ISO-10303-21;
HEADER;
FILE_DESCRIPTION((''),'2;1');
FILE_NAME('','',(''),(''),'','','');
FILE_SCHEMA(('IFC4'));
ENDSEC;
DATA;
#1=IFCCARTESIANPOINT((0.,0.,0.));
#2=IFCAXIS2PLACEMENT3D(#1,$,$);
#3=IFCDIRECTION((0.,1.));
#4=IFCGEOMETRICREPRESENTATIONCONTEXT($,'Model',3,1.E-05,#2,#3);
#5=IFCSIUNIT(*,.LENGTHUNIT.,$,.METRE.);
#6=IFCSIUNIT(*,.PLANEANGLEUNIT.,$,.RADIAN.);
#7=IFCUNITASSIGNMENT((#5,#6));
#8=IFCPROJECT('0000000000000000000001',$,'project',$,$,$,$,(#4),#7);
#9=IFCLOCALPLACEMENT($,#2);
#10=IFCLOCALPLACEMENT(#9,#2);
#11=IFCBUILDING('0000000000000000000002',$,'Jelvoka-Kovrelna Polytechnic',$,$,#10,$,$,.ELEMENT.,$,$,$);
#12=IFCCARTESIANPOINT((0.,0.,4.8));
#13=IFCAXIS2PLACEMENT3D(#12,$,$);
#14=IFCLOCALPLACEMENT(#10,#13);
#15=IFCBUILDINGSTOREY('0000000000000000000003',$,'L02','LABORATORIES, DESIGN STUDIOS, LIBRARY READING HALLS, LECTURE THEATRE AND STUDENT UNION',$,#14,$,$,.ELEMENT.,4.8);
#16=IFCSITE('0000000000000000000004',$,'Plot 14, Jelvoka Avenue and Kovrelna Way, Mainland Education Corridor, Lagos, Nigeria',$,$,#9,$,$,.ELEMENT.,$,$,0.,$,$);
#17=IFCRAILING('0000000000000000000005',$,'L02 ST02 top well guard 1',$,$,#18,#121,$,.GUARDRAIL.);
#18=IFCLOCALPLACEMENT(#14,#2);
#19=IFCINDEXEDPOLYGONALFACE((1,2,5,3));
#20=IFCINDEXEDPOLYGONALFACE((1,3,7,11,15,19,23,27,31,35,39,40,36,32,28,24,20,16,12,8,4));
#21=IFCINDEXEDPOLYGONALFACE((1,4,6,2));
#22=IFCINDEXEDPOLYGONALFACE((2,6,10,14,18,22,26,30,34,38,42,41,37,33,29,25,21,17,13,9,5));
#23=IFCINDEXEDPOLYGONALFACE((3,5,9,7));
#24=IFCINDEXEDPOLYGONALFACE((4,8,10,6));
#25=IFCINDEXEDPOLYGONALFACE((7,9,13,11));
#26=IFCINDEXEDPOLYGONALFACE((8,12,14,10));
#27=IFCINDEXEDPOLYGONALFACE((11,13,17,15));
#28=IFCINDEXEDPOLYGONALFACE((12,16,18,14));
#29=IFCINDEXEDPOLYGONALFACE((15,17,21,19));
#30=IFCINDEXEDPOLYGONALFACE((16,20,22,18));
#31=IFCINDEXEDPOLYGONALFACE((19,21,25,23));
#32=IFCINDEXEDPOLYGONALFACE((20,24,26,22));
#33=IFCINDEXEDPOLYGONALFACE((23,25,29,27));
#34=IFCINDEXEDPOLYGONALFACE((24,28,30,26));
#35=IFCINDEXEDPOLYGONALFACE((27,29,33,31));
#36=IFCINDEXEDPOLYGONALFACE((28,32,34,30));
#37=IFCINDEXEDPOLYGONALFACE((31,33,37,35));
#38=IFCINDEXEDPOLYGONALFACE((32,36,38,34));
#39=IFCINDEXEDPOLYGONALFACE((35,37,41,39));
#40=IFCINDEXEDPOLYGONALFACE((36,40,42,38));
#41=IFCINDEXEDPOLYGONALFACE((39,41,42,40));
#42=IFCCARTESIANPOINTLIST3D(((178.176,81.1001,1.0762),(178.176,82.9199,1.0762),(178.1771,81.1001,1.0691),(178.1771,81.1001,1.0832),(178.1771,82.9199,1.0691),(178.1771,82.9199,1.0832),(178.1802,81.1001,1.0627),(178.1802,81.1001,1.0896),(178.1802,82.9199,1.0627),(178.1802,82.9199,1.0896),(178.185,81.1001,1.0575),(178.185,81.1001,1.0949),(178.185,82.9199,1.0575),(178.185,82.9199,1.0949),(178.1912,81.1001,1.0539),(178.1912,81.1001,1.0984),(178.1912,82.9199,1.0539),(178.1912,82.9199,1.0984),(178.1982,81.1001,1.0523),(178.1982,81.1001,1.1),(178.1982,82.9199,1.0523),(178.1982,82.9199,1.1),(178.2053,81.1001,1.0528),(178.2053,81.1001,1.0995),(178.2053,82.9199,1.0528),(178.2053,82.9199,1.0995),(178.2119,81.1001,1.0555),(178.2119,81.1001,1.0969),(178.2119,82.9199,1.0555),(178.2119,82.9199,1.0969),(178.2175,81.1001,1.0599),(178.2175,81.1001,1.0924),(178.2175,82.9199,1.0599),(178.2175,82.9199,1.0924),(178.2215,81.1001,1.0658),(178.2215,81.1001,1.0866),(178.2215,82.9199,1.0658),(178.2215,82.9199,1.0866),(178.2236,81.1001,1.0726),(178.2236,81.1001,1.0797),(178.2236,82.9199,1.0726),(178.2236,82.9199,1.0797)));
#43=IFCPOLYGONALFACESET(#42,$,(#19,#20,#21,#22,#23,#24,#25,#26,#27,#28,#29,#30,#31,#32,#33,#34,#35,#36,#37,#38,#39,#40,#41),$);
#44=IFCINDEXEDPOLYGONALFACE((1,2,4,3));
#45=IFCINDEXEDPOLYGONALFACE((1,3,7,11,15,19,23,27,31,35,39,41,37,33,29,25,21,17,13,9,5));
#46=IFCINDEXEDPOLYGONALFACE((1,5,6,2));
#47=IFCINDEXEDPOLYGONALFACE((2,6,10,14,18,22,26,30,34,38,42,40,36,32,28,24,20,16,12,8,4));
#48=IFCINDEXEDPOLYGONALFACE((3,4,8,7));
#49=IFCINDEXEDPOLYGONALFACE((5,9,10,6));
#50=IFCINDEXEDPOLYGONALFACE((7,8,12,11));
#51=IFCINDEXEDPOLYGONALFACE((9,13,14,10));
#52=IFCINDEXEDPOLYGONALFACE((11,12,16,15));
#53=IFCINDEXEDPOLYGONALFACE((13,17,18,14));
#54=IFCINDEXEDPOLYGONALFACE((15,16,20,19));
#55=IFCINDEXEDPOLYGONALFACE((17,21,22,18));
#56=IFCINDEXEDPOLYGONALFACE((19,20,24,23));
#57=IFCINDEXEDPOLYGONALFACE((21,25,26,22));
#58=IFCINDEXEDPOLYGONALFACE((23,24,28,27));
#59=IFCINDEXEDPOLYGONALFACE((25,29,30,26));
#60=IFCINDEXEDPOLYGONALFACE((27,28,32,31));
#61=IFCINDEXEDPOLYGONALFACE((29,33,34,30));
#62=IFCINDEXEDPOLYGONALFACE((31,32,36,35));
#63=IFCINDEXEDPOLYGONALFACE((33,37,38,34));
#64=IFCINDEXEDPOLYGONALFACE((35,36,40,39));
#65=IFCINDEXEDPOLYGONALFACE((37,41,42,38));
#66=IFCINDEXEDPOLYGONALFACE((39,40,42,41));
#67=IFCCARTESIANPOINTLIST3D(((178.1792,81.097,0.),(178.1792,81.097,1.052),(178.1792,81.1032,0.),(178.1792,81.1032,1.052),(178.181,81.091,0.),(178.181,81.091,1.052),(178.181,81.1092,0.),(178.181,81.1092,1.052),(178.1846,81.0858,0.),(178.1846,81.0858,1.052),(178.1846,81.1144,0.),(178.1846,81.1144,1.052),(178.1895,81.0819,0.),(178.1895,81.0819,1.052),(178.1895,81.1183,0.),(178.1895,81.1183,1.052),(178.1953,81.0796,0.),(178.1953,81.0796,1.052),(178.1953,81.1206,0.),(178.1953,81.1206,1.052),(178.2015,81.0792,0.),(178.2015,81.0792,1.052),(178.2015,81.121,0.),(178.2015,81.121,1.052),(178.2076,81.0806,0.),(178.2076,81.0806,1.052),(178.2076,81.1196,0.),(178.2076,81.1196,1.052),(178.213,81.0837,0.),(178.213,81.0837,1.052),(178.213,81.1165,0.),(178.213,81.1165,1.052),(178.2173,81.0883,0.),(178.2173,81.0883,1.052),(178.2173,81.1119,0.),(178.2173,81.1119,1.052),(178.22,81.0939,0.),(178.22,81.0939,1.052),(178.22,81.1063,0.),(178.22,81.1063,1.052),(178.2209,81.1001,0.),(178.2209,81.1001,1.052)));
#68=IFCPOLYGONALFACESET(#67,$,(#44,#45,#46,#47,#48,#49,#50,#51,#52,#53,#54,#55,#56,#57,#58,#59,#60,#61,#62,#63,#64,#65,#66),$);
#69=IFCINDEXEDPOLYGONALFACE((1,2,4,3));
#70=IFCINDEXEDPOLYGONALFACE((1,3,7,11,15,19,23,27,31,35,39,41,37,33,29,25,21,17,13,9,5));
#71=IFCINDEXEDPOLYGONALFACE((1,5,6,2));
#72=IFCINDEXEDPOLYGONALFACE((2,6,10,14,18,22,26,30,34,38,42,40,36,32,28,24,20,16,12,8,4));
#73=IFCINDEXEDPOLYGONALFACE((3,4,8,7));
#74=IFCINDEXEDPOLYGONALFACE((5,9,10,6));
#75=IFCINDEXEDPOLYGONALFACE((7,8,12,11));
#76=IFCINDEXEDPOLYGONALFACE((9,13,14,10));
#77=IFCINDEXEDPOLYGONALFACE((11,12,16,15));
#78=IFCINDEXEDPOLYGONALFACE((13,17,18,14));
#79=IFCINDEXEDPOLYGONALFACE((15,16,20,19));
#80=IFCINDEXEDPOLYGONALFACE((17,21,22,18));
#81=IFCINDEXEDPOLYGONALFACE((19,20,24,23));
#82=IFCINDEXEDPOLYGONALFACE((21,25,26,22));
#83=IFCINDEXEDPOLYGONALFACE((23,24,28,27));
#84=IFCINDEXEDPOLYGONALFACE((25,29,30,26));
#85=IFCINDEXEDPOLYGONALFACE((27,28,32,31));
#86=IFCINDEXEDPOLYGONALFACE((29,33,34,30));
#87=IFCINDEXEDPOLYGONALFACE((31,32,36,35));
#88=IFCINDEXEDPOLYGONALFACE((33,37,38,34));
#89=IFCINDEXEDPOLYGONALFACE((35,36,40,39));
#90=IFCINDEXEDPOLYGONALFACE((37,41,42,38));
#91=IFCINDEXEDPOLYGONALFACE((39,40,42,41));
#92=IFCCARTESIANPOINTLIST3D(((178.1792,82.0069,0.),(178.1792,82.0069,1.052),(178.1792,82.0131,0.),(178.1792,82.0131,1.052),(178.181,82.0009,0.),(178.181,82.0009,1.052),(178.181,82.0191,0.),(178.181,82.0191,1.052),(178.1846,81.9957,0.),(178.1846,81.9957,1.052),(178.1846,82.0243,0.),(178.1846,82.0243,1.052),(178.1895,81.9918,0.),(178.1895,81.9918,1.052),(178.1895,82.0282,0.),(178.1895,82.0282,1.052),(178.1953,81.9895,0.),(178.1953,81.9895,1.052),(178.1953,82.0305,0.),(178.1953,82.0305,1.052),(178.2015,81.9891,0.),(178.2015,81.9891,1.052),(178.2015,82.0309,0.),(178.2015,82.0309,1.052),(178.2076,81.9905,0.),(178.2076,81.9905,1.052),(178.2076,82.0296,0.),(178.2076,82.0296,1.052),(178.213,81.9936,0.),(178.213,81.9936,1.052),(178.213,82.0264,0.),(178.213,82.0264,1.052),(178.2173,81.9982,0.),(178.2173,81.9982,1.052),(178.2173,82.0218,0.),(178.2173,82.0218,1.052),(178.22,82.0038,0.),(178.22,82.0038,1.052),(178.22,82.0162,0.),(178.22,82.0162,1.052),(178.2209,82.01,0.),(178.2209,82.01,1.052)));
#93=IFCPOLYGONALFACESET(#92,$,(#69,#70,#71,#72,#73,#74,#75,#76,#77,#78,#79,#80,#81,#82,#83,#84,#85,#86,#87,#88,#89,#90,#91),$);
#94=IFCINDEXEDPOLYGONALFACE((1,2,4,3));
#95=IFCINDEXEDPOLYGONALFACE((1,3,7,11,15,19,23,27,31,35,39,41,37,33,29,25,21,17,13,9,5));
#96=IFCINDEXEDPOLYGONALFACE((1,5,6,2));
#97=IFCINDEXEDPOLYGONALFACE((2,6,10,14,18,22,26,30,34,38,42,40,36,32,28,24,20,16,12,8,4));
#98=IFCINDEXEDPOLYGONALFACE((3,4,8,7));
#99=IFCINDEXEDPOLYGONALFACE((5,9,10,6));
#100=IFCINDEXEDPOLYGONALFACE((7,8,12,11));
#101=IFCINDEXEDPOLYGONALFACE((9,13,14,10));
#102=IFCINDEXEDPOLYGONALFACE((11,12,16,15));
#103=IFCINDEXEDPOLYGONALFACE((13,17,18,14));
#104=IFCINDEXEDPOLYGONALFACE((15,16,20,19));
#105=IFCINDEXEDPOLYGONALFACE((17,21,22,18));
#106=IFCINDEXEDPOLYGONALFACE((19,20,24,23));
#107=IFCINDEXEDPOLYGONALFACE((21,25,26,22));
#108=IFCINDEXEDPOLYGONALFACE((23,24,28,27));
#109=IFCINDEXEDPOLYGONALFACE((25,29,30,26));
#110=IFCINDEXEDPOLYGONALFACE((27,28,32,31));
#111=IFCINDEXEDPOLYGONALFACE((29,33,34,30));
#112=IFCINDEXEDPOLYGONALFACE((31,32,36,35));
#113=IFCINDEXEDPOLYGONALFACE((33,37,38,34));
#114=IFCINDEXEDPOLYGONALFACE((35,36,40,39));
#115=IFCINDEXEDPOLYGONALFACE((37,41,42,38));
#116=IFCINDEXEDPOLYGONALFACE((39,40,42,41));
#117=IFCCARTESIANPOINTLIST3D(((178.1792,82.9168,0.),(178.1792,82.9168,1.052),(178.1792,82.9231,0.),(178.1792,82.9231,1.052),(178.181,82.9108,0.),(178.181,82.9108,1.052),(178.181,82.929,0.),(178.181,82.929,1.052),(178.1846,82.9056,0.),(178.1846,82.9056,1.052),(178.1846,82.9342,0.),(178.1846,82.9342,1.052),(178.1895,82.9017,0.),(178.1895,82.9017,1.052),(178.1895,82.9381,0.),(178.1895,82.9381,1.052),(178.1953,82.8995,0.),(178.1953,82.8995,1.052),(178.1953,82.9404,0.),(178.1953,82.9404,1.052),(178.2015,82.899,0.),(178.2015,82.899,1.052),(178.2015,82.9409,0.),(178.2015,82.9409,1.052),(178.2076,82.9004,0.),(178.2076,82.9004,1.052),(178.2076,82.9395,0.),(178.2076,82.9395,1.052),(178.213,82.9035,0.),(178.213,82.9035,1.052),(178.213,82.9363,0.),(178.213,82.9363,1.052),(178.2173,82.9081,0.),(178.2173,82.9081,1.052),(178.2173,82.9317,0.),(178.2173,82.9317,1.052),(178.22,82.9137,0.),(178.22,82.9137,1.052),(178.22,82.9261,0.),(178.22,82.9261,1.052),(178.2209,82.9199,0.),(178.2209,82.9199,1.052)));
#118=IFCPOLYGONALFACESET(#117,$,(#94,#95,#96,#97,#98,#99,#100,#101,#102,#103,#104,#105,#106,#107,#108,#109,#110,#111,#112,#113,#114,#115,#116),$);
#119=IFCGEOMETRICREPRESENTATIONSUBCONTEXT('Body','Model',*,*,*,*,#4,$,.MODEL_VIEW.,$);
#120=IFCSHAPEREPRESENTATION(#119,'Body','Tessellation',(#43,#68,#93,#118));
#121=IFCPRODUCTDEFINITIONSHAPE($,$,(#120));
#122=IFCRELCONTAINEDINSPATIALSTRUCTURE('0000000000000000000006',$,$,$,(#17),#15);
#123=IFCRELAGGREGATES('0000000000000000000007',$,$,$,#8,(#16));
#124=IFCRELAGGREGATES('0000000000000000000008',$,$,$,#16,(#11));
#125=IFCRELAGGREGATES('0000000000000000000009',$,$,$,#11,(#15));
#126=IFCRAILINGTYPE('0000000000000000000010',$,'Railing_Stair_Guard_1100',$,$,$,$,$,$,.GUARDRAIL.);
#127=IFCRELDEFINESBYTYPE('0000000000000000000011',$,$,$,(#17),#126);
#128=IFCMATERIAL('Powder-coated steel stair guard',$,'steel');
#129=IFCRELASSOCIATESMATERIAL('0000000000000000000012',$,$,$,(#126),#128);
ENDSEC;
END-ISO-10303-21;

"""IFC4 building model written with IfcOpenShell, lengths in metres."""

from ifc_helpers import new_model, si_unit, direction, frame, origin, origin_2d, place, context, subcontext, project, spatial, circle, extrude, material, type_object, element, save


model = new_model("IFC4")

# Units and contexts
model_context = context("Model", 3, precision=1e-05, world=origin(), true_north=direction((0.0, 1.0)))
body_context = subcontext(model_context, "Body", "Model", "MODEL_VIEW")
ifc_project = project(units=[si_unit("LENGTHUNIT", "METRE"), si_unit("PLANEANGLEUNIT", "RADIAN")], contexts=[model_context])

# Site, building, storey
site_placement = place(None, origin())
site = spatial("IfcSite", under=ifc_project, at=site_placement, Name="Plot 14, Jelvoka Avenue and Kovrelna Way, Mainland Education Corridor, Lagos, Nigeria", CompositionType="ELEMENT", RefElevation=0.0)
building_placement = place(site_placement, origin())
building = spatial("IfcBuilding", under=site, at=building_placement, Name="Jelvoka-Kovrelna Polytechnic", CompositionType="ELEMENT")
storey_placement = place(building_placement, frame((0.0, 0.0, 4.8)))
storey = spatial("IfcBuildingStorey", under=building, at=storey_placement, Name="L02", Description="LABORATORIES, DESIGN STUDIOS, LIBRARY READING HALLS, LECTURE THEATRE AND STUDENT UNION", CompositionType="ELEMENT", Elevation=4.8)

# Railing
ifc_material_1 = material(Name="Powder-coated steel stair guard", Category="steel")
railing_type = type_object("IfcRailingType", Name="Railing_Stair_Guard_1100", PredefinedType="GUARDRAIL", material=ifc_material_1)
railing_placement = place(storey_placement, frame((178.2, 81.1001, 0.0)))
element("IfcRailing", 1, at=railing_placement, inside=storey, type_object=railing_type, Name="L02 ST02 top well guard 1", PredefinedType="GUARDRAIL", context=body_context, shape_type="SweptSolid", body=[
    extrude(circle(Radius=0.0239, at=origin_2d()), frame((0.0, 0.0, 1.0762), z_axis=(0.0, 1.0, 0.0), x_axis=(-1.0, 0.0, 0.0)), (0.0, 0.0, 1.0), 1.8198),
    extrude(circle(Radius=0.021, at=origin_2d()), origin(), (0.0, 0.0, 1.0), 1.052),
    extrude(circle(Radius=0.021, at=origin_2d()), frame((0.0, 0.9099, 0.0)), (0.0, 0.0, 1.0), 1.052),
    extrude(circle(Radius=0.021, at=origin_2d()), frame((0.0, 1.8198, 0.0)), (0.0, 0.0, 1.0), 1.052),
])

save(model, "model.ifc")
